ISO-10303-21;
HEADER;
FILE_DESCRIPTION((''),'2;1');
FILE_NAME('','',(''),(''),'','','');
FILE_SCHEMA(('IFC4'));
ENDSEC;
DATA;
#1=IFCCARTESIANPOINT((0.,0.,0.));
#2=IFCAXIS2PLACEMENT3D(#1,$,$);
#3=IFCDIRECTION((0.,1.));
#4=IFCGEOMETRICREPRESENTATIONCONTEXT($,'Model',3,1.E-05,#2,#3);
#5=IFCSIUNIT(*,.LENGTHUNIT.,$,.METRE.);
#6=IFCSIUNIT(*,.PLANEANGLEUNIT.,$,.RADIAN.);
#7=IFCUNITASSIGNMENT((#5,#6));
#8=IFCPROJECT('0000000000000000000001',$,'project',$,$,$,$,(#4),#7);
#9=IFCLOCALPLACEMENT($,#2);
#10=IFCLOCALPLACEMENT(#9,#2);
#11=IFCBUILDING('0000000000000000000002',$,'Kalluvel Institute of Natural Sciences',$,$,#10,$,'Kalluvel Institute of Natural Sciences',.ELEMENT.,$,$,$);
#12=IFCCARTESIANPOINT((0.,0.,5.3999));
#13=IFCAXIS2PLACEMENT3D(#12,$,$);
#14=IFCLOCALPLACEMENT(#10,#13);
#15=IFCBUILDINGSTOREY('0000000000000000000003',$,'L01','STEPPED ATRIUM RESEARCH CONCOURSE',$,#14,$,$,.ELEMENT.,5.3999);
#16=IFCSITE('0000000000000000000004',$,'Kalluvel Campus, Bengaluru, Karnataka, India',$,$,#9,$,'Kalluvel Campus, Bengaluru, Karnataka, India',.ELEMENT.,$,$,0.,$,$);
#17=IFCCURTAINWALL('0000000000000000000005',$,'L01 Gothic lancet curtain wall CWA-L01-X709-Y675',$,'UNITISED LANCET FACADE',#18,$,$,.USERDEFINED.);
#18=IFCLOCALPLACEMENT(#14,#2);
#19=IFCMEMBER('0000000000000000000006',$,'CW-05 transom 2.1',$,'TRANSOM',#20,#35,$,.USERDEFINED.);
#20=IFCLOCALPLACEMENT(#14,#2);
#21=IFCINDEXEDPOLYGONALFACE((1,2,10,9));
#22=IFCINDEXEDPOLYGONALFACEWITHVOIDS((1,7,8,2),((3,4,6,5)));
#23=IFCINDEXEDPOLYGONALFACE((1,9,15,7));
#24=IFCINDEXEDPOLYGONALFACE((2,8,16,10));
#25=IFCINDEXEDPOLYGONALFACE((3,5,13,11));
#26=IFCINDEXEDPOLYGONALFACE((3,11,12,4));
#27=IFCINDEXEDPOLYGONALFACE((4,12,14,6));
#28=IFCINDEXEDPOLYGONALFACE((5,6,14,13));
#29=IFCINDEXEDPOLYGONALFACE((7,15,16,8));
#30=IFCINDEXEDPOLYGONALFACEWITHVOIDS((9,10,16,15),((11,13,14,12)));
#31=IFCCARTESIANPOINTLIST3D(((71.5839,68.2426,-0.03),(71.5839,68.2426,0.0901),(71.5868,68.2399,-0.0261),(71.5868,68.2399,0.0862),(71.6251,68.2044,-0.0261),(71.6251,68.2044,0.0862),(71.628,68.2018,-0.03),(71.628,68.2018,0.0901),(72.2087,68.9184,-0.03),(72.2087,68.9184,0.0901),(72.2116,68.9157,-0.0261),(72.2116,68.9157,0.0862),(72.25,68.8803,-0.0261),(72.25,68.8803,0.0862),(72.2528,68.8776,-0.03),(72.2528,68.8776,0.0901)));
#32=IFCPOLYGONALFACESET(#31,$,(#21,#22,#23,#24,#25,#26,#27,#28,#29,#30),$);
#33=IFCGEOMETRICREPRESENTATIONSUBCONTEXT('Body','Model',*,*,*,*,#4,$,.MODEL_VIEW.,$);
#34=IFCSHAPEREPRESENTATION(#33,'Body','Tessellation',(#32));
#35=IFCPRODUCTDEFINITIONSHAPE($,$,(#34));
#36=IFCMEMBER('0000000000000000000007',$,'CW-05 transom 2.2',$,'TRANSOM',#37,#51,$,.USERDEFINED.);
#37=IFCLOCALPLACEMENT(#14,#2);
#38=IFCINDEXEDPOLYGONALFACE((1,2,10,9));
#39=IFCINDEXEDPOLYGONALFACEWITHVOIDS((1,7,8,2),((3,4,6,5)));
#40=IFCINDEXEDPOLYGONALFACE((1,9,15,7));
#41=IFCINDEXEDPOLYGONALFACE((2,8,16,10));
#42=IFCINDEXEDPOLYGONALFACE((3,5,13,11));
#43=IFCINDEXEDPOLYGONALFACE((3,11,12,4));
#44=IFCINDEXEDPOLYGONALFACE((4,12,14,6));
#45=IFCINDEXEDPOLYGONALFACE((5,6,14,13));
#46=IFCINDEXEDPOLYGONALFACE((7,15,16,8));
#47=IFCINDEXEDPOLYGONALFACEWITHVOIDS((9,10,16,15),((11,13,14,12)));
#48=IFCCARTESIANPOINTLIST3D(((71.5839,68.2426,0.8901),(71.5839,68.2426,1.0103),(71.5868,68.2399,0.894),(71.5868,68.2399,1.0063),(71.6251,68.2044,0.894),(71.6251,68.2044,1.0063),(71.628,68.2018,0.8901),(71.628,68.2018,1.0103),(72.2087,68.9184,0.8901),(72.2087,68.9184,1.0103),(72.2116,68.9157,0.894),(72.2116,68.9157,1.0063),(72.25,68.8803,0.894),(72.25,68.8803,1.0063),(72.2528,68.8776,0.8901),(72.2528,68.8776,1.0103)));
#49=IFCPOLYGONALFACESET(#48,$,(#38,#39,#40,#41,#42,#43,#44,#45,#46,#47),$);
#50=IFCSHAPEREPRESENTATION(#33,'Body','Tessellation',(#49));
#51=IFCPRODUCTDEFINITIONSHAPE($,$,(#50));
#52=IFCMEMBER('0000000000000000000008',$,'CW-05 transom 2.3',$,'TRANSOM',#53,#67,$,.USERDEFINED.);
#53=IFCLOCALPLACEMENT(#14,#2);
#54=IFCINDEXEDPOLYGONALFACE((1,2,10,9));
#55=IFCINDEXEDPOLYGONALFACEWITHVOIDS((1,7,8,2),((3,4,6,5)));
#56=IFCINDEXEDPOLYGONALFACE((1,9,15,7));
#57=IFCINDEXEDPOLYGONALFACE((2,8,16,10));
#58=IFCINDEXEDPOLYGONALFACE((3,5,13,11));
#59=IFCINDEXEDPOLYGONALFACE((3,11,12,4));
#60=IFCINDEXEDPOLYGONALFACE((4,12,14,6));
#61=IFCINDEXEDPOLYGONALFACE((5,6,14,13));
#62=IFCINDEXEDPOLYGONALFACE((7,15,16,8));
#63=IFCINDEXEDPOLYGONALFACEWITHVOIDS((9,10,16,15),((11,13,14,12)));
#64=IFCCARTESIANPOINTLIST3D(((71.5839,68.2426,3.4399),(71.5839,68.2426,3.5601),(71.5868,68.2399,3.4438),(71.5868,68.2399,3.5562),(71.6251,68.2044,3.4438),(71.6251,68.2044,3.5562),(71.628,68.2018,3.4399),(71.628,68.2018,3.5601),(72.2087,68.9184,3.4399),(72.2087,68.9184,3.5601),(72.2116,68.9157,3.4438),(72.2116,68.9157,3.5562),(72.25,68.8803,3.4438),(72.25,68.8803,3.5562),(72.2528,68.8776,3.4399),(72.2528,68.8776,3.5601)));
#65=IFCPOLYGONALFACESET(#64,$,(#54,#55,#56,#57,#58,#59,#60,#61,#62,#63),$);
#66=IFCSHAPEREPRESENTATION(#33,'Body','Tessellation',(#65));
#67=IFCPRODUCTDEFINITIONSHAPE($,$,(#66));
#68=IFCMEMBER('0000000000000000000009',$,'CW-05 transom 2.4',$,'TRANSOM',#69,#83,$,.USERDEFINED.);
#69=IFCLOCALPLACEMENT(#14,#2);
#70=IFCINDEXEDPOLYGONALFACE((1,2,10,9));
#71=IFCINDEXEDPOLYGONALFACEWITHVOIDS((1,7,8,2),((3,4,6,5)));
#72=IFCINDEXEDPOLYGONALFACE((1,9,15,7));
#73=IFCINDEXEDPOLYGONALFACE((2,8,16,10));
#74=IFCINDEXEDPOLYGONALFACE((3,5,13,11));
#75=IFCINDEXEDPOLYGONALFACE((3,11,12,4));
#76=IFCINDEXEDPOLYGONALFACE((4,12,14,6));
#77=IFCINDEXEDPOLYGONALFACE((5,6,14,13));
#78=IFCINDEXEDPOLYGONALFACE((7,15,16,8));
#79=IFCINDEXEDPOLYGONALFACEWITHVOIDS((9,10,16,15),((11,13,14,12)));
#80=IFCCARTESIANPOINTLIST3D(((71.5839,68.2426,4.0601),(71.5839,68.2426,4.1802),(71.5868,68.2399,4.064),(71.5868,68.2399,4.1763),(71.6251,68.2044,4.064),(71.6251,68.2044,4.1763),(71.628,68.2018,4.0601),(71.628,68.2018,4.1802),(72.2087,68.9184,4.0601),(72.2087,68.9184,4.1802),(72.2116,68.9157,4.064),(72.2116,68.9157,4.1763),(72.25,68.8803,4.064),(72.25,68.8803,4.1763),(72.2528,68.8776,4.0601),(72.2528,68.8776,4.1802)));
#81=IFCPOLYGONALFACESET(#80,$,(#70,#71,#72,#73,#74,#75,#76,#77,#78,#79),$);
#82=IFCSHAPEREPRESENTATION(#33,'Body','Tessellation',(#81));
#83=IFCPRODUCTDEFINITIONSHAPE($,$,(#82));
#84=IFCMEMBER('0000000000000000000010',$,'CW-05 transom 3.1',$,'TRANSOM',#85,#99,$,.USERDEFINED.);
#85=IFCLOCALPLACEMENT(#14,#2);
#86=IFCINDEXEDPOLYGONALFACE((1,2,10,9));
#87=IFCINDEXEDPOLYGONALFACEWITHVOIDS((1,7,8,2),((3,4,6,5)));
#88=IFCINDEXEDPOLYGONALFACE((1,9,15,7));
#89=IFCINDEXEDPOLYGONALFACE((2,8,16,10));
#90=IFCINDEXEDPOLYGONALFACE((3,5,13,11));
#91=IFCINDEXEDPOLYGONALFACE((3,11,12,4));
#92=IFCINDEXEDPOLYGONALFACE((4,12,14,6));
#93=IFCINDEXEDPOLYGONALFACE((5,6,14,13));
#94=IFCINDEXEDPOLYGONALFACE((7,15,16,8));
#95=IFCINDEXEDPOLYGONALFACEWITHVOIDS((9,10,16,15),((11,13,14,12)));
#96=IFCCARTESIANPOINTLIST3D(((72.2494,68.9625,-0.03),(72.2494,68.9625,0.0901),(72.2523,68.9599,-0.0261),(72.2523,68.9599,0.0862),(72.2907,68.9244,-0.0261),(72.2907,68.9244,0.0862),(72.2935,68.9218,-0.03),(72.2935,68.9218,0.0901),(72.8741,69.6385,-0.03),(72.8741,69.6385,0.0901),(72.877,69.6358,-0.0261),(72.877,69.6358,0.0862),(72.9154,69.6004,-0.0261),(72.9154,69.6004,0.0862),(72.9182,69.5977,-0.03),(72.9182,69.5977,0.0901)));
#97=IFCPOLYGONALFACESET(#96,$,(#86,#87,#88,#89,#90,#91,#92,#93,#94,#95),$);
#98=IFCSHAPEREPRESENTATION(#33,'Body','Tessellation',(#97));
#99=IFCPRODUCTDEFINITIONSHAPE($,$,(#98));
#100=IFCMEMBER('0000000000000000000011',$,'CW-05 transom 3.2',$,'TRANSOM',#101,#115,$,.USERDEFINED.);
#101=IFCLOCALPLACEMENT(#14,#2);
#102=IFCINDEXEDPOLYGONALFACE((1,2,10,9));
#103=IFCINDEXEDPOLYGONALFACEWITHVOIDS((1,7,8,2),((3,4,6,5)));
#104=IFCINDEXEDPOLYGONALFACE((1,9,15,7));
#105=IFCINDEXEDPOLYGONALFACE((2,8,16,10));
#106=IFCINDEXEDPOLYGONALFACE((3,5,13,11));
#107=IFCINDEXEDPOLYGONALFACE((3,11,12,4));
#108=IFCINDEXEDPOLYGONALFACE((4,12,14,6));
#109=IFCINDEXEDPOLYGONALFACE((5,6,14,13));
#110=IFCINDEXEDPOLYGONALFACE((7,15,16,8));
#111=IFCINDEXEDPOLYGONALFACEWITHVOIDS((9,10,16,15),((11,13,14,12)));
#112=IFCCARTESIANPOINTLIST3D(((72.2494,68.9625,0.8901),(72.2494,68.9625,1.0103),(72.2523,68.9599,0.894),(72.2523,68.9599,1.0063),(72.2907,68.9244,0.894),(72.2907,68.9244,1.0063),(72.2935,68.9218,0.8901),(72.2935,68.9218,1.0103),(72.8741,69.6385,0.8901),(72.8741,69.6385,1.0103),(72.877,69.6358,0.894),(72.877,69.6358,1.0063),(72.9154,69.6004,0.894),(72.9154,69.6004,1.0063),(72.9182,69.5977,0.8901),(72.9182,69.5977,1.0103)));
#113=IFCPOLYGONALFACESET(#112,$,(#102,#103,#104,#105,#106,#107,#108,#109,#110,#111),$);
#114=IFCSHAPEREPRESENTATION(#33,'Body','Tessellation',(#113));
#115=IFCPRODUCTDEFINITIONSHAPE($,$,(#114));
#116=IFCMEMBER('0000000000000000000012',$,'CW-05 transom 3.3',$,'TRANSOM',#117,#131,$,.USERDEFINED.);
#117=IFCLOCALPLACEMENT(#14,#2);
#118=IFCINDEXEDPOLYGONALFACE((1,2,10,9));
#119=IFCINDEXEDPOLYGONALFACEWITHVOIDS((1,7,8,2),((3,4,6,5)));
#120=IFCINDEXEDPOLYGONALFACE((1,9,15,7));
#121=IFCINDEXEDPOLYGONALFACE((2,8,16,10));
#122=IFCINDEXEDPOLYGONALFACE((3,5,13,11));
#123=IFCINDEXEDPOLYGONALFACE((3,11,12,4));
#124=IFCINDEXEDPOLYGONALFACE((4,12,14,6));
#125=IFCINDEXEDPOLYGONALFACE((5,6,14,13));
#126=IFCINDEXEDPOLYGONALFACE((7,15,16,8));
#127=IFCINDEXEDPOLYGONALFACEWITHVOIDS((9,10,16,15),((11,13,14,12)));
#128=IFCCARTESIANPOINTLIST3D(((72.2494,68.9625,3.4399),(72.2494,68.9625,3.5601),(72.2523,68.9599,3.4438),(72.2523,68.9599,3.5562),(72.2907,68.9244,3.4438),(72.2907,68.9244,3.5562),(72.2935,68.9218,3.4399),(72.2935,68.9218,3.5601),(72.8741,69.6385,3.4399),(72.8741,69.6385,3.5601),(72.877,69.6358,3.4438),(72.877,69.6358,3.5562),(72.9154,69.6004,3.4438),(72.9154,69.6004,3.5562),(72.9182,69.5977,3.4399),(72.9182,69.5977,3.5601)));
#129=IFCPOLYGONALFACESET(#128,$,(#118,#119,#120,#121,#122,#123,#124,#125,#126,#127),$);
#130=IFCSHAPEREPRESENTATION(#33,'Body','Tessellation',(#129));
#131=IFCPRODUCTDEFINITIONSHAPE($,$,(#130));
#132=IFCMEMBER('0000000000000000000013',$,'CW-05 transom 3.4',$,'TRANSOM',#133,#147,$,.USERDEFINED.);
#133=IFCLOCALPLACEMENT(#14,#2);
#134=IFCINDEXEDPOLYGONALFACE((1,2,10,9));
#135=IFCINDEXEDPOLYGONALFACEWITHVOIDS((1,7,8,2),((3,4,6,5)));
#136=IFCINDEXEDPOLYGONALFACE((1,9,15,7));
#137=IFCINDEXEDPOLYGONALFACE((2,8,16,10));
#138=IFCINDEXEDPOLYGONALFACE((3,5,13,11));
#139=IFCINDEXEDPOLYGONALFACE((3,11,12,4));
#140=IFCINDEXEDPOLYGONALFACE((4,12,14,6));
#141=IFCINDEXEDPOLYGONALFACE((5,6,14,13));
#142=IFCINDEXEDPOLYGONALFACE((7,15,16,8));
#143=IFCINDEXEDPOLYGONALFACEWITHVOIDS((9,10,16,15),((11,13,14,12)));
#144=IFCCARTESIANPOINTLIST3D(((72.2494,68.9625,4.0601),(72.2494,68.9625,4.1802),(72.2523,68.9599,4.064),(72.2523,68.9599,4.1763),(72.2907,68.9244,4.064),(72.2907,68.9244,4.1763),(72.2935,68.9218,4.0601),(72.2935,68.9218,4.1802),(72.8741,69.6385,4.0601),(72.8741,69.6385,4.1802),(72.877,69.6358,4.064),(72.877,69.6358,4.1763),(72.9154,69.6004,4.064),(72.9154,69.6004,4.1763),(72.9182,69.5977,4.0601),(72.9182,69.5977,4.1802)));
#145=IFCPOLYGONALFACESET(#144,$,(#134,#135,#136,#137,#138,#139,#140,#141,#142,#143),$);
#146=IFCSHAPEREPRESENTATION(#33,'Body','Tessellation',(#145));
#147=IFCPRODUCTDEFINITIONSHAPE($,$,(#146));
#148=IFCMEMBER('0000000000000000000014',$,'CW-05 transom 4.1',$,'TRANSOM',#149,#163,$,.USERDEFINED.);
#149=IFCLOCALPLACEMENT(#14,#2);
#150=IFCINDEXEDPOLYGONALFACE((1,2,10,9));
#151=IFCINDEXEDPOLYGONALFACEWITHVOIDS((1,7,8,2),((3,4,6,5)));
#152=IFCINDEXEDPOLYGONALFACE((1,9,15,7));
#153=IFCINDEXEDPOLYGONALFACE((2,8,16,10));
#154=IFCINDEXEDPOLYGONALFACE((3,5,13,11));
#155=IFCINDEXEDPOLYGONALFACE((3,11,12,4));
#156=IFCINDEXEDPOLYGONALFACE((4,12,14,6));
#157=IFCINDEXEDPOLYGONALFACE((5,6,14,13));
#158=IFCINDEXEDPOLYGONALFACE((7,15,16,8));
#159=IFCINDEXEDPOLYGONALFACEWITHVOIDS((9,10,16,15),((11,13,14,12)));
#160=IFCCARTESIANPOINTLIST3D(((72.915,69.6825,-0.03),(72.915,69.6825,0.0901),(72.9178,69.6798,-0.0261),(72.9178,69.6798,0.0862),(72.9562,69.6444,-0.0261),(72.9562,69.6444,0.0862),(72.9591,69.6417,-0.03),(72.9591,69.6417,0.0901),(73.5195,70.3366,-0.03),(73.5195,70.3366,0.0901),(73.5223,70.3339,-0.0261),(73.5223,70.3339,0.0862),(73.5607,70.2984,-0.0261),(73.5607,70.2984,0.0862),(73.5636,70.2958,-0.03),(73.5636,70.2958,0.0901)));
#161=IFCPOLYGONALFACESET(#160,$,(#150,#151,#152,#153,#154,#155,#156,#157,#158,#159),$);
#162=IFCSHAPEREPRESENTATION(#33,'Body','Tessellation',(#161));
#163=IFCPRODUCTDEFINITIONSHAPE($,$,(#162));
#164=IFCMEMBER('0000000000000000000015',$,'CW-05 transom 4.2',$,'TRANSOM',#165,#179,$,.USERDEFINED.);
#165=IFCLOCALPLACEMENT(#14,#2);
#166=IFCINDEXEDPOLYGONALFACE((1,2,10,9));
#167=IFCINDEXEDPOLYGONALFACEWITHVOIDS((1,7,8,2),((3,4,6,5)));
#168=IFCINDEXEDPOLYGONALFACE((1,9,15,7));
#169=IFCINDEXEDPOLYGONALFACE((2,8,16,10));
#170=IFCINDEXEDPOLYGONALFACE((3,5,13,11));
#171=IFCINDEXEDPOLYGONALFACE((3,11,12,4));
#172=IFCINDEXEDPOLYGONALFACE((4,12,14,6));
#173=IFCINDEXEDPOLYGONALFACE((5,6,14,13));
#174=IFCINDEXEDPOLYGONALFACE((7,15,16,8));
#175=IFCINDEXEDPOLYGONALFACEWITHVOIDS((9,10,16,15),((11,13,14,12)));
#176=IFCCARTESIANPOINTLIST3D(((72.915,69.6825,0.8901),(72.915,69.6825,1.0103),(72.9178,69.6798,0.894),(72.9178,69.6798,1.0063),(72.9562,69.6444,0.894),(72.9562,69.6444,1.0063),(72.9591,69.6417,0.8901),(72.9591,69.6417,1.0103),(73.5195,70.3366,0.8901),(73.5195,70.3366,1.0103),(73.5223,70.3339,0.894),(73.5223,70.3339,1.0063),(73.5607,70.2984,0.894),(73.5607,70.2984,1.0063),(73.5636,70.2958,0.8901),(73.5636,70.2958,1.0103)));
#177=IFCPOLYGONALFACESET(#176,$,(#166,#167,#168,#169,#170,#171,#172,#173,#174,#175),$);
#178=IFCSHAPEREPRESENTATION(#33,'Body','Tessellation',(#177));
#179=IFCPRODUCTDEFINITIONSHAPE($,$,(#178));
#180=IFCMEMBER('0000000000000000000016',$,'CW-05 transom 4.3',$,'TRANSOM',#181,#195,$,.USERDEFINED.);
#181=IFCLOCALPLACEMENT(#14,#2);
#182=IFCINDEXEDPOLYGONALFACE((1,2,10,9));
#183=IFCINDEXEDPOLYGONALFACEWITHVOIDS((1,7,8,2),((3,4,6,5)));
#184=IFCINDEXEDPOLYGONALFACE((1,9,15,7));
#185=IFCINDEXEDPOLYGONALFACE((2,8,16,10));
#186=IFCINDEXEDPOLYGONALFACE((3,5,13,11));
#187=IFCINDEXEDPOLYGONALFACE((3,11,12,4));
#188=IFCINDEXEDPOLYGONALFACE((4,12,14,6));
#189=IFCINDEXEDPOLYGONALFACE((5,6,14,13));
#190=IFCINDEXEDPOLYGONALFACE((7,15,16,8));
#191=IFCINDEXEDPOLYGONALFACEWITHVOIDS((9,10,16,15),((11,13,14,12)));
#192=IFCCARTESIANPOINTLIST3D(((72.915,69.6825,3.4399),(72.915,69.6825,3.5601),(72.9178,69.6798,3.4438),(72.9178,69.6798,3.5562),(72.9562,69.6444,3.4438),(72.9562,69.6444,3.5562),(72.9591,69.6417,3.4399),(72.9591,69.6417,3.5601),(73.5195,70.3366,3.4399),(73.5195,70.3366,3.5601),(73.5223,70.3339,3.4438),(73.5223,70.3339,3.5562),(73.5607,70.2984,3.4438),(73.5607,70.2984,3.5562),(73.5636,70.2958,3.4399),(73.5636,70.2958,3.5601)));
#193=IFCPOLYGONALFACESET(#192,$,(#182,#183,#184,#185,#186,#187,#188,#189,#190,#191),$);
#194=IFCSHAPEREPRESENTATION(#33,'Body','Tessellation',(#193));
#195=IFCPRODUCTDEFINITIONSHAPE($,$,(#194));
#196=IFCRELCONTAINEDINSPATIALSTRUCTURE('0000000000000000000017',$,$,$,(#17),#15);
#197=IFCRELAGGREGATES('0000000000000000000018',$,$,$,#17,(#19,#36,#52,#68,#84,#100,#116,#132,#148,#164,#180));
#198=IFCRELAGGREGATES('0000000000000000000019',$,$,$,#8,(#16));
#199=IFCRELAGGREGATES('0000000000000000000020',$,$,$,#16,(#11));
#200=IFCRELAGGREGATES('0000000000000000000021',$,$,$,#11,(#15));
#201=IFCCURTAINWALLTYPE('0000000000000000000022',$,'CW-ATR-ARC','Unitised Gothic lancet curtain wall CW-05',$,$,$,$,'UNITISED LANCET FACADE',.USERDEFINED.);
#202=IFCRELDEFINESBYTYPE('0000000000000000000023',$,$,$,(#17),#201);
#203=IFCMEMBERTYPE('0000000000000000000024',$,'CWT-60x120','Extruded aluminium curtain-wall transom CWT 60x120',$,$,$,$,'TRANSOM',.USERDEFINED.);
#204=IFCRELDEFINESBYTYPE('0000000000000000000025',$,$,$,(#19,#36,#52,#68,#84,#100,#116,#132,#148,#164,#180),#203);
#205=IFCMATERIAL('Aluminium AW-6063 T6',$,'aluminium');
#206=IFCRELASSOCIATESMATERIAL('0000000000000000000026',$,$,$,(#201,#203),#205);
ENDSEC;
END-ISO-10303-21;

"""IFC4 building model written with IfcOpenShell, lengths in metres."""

from ifc_helpers import new_model, si_unit, direction, frame, origin, origin_2d, place, context, subcontext, project, spatial, hollow_rectangle, extrude, material, material_profile, profile_set, type_object, element, aggregate, save


model = new_model("IFC4")

# Units and contexts
model_context = context("Model", 3, precision=1e-05, world=origin(), true_north=direction((0.0, 1.0)))
body_context = subcontext(model_context, "Body", "Model", "MODEL_VIEW")
ifc_project = project(units=[si_unit("LENGTHUNIT", "METRE"), si_unit("PLANEANGLEUNIT", "RADIAN")], contexts=[model_context])

# Site, building, storey
site_placement = place(None, origin())
site = spatial("IfcSite", under=ifc_project, at=site_placement, Name="Kalluvel Campus, Bengaluru, Karnataka, India", LongName="Kalluvel Campus, Bengaluru, Karnataka, India", CompositionType="ELEMENT", RefElevation=0.0)
building_placement = place(site_placement, origin())
building = spatial("IfcBuilding", under=site, at=building_placement, Name="Kalluvel Institute of Natural Sciences", LongName="Kalluvel Institute of Natural Sciences", CompositionType="ELEMENT")
storey_placement = place(building_placement, frame((0.0, 0.0, 5.3999)))
storey = spatial("IfcBuildingStorey", under=building, at=storey_placement, Name="L01", Description="STEPPED ATRIUM RESEARCH CONCOURSE", CompositionType="ELEMENT", Elevation=5.3999)

# Curtain wall, members
ifc_material_1 = material(Name="Aluminium AW-6063 T6", Category="aluminium")
curtain_wall_type = type_object("IfcCurtainWallType", Name="CW-ATR-ARC", Description="Unitised Gothic lancet curtain wall CW-05", ElementType="UNITISED LANCET FACADE", PredefinedType="USERDEFINED", material=ifc_material_1)
curtain_wall_placement = place(storey_placement, origin())
curtain_wall = element("IfcCurtainWall", 1, at=curtain_wall_placement, inside=storey, type_object=curtain_wall_type, Name="L01 Gothic lancet curtain wall CWA-L01-X709-Y675", ObjectType="UNITISED LANCET FACADE", PredefinedType="USERDEFINED")
ifc_material_profile_1 = material_profile(ifc_material_1, hollow_rectangle(XDim=0.0601, YDim=0.1201, WallThickness=0.0039, at=origin_2d()), Name="CWT 60x120")
ifc_profile_set_1 = profile_set([ifc_material_profile_1], Name="Aluminium AW-6063 T6")
member_type_1 = type_object("IfcMemberType", Name="CWT-60x120", Description="Extruded aluminium curtain-wall transom CWT 60x120", ElementType="TRANSOM", PredefinedType="USERDEFINED", material=ifc_profile_set_1)
member_1_placement = place(storey_placement, frame((71.606, 68.2222, 0.03), z_axis=(0.678842, 0.734285, 0.0), x_axis=(-0.734285, 0.678842, 0.0)))
member_1 = element("IfcMember", 2, at=member_1_placement, type_object=member_type_1, Name="CW-05 transom 2.1", ObjectType="TRANSOM", PredefinedType="USERDEFINED", context=body_context, shape_type="SweptSolid", body=[
    extrude(hollow_rectangle(XDim=0.0601, YDim=0.1201, WallThickness=0.0039, at=origin_2d()), origin(), (0.0, 0.0, 1.0), 0.9204),
])
member_2_placement = place(storey_placement, frame((71.606, 68.2222, 0.9502), z_axis=(0.678842, 0.734285, 0.0), x_axis=(-0.734285, 0.678842, 0.0)))
member_2 = element("IfcMember", 3, at=member_2_placement, type_object=member_type_1, Name="CW-05 transom 2.2", ObjectType="TRANSOM", PredefinedType="USERDEFINED", context=body_context, shape_type="SweptSolid", body=[
    extrude(hollow_rectangle(XDim=0.0601, YDim=0.1201, WallThickness=0.0039, at=origin_2d()), origin(), (0.0, 0.0, 1.0), 0.9204),
])
member_3_placement = place(storey_placement, frame((71.606, 68.2222, 3.5), z_axis=(0.678842, 0.734285, 0.0), x_axis=(-0.734285, 0.678842, 0.0)))
member_3 = element("IfcMember", 4, at=member_3_placement, type_object=member_type_1, Name="CW-05 transom 2.3", ObjectType="TRANSOM", PredefinedType="USERDEFINED", context=body_context, shape_type="SweptSolid", body=[
    extrude(hollow_rectangle(XDim=0.0601, YDim=0.1201, WallThickness=0.0039, at=origin_2d()), origin(), (0.0, 0.0, 1.0), 0.9204),
])
member_4_placement = place(storey_placement, frame((71.606, 68.2222, 4.1201), z_axis=(0.678842, 0.734285, 0.0), x_axis=(-0.734285, 0.678842, 0.0)))
member_4 = element("IfcMember", 5, at=member_4_placement, type_object=member_type_1, Name="CW-05 transom 2.4", ObjectType="TRANSOM", PredefinedType="USERDEFINED", context=body_context, shape_type="SweptSolid", body=[
    extrude(hollow_rectangle(XDim=0.0601, YDim=0.1201, WallThickness=0.0039, at=origin_2d()), origin(), (0.0, 0.0, 1.0), 0.9204),
])
member_5_placement = place(storey_placement, frame((72.2715, 68.9421, 0.03), z_axis=(0.67871, 0.734407, 0.0), x_axis=(-0.734407, 0.67871, 0.0)))
member_5 = element("IfcMember", 6, at=member_5_placement, type_object=member_type_1, Name="CW-05 transom 3.1", ObjectType="TRANSOM", PredefinedType="USERDEFINED", context=body_context, shape_type="SweptSolid", body=[
    extrude(hollow_rectangle(XDim=0.0601, YDim=0.1201, WallThickness=0.0039, at=origin_2d()), origin(), (0.0, 0.0, 1.0), 0.9204),
])
member_6_placement = place(storey_placement, frame((72.2715, 68.9421, 0.9502), z_axis=(0.67871, 0.734407, 0.0), x_axis=(-0.734407, 0.67871, 0.0)))
member_6 = element("IfcMember", 7, at=member_6_placement, type_object=member_type_1, Name="CW-05 transom 3.2", ObjectType="TRANSOM", PredefinedType="USERDEFINED", context=body_context, shape_type="SweptSolid", body=[
    extrude(hollow_rectangle(XDim=0.0601, YDim=0.1201, WallThickness=0.0039, at=origin_2d()), origin(), (0.0, 0.0, 1.0), 0.9204),
])
member_7_placement = place(storey_placement, frame((72.2715, 68.9421, 3.5), z_axis=(0.67871, 0.734407, 0.0), x_axis=(-0.734407, 0.67871, 0.0)))
member_7 = element("IfcMember", 8, at=member_7_placement, type_object=member_type_1, Name="CW-05 transom 3.3", ObjectType="TRANSOM", PredefinedType="USERDEFINED", context=body_context, shape_type="SweptSolid", body=[
    extrude(hollow_rectangle(XDim=0.0601, YDim=0.1201, WallThickness=0.0039, at=origin_2d()), origin(), (0.0, 0.0, 1.0), 0.9204),
])
member_8_placement = place(storey_placement, frame((72.2715, 68.9421, 4.1201), z_axis=(0.67871, 0.734407, 0.0), x_axis=(-0.734407, 0.67871, 0.0)))
member_8 = element("IfcMember", 9, at=member_8_placement, type_object=member_type_1, Name="CW-05 transom 3.4", ObjectType="TRANSOM", PredefinedType="USERDEFINED", context=body_context, shape_type="SweptSolid", body=[
    extrude(hollow_rectangle(XDim=0.0601, YDim=0.1201, WallThickness=0.0039, at=origin_2d()), origin(), (0.0, 0.0, 1.0), 0.9204),
])
member_9_placement = place(storey_placement, frame((72.937, 69.6621, 0.03), z_axis=(0.678735, 0.734383, 0.0), x_axis=(-0.734383, 0.678735, 0.0)))
member_9 = element("IfcMember", 10, at=member_9_placement, type_object=member_type_1, Name="CW-05 transom 4.1", ObjectType="TRANSOM", PredefinedType="USERDEFINED", context=body_context, shape_type="SweptSolid", body=[
    extrude(hollow_rectangle(XDim=0.0601, YDim=0.1201, WallThickness=0.0039, at=origin_2d()), origin(), (0.0, 0.0, 1.0), 0.8906),
])
member_10_placement = place(storey_placement, frame((72.937, 69.6621, 0.9502), z_axis=(0.678735, 0.734383, 0.0), x_axis=(-0.734383, 0.678735, 0.0)))
member_10 = element("IfcMember", 11, at=member_10_placement, type_object=member_type_1, Name="CW-05 transom 4.2", ObjectType="TRANSOM", PredefinedType="USERDEFINED", context=body_context, shape_type="SweptSolid", body=[
    extrude(hollow_rectangle(XDim=0.0601, YDim=0.1201, WallThickness=0.0039, at=origin_2d()), origin(), (0.0, 0.0, 1.0), 0.8906),
])
member_11_placement = place(storey_placement, frame((72.937, 69.6621, 3.5), z_axis=(0.678735, 0.734383, 0.0), x_axis=(-0.734383, 0.678735, 0.0)))
member_11 = element("IfcMember", 12, at=member_11_placement, type_object=member_type_1, Name="CW-05 transom 4.3", ObjectType="TRANSOM", PredefinedType="USERDEFINED", context=body_context, shape_type="SweptSolid", body=[
    extrude(hollow_rectangle(XDim=0.0601, YDim=0.1201, WallThickness=0.0039, at=origin_2d()), origin(), (0.0, 0.0, 1.0), 0.8906),
])
aggregate(curtain_wall, [member_1, member_2, member_3, member_4, member_5, member_6, member_7, member_8, member_9, member_10, member_11])

save(model, "model.ifc")
